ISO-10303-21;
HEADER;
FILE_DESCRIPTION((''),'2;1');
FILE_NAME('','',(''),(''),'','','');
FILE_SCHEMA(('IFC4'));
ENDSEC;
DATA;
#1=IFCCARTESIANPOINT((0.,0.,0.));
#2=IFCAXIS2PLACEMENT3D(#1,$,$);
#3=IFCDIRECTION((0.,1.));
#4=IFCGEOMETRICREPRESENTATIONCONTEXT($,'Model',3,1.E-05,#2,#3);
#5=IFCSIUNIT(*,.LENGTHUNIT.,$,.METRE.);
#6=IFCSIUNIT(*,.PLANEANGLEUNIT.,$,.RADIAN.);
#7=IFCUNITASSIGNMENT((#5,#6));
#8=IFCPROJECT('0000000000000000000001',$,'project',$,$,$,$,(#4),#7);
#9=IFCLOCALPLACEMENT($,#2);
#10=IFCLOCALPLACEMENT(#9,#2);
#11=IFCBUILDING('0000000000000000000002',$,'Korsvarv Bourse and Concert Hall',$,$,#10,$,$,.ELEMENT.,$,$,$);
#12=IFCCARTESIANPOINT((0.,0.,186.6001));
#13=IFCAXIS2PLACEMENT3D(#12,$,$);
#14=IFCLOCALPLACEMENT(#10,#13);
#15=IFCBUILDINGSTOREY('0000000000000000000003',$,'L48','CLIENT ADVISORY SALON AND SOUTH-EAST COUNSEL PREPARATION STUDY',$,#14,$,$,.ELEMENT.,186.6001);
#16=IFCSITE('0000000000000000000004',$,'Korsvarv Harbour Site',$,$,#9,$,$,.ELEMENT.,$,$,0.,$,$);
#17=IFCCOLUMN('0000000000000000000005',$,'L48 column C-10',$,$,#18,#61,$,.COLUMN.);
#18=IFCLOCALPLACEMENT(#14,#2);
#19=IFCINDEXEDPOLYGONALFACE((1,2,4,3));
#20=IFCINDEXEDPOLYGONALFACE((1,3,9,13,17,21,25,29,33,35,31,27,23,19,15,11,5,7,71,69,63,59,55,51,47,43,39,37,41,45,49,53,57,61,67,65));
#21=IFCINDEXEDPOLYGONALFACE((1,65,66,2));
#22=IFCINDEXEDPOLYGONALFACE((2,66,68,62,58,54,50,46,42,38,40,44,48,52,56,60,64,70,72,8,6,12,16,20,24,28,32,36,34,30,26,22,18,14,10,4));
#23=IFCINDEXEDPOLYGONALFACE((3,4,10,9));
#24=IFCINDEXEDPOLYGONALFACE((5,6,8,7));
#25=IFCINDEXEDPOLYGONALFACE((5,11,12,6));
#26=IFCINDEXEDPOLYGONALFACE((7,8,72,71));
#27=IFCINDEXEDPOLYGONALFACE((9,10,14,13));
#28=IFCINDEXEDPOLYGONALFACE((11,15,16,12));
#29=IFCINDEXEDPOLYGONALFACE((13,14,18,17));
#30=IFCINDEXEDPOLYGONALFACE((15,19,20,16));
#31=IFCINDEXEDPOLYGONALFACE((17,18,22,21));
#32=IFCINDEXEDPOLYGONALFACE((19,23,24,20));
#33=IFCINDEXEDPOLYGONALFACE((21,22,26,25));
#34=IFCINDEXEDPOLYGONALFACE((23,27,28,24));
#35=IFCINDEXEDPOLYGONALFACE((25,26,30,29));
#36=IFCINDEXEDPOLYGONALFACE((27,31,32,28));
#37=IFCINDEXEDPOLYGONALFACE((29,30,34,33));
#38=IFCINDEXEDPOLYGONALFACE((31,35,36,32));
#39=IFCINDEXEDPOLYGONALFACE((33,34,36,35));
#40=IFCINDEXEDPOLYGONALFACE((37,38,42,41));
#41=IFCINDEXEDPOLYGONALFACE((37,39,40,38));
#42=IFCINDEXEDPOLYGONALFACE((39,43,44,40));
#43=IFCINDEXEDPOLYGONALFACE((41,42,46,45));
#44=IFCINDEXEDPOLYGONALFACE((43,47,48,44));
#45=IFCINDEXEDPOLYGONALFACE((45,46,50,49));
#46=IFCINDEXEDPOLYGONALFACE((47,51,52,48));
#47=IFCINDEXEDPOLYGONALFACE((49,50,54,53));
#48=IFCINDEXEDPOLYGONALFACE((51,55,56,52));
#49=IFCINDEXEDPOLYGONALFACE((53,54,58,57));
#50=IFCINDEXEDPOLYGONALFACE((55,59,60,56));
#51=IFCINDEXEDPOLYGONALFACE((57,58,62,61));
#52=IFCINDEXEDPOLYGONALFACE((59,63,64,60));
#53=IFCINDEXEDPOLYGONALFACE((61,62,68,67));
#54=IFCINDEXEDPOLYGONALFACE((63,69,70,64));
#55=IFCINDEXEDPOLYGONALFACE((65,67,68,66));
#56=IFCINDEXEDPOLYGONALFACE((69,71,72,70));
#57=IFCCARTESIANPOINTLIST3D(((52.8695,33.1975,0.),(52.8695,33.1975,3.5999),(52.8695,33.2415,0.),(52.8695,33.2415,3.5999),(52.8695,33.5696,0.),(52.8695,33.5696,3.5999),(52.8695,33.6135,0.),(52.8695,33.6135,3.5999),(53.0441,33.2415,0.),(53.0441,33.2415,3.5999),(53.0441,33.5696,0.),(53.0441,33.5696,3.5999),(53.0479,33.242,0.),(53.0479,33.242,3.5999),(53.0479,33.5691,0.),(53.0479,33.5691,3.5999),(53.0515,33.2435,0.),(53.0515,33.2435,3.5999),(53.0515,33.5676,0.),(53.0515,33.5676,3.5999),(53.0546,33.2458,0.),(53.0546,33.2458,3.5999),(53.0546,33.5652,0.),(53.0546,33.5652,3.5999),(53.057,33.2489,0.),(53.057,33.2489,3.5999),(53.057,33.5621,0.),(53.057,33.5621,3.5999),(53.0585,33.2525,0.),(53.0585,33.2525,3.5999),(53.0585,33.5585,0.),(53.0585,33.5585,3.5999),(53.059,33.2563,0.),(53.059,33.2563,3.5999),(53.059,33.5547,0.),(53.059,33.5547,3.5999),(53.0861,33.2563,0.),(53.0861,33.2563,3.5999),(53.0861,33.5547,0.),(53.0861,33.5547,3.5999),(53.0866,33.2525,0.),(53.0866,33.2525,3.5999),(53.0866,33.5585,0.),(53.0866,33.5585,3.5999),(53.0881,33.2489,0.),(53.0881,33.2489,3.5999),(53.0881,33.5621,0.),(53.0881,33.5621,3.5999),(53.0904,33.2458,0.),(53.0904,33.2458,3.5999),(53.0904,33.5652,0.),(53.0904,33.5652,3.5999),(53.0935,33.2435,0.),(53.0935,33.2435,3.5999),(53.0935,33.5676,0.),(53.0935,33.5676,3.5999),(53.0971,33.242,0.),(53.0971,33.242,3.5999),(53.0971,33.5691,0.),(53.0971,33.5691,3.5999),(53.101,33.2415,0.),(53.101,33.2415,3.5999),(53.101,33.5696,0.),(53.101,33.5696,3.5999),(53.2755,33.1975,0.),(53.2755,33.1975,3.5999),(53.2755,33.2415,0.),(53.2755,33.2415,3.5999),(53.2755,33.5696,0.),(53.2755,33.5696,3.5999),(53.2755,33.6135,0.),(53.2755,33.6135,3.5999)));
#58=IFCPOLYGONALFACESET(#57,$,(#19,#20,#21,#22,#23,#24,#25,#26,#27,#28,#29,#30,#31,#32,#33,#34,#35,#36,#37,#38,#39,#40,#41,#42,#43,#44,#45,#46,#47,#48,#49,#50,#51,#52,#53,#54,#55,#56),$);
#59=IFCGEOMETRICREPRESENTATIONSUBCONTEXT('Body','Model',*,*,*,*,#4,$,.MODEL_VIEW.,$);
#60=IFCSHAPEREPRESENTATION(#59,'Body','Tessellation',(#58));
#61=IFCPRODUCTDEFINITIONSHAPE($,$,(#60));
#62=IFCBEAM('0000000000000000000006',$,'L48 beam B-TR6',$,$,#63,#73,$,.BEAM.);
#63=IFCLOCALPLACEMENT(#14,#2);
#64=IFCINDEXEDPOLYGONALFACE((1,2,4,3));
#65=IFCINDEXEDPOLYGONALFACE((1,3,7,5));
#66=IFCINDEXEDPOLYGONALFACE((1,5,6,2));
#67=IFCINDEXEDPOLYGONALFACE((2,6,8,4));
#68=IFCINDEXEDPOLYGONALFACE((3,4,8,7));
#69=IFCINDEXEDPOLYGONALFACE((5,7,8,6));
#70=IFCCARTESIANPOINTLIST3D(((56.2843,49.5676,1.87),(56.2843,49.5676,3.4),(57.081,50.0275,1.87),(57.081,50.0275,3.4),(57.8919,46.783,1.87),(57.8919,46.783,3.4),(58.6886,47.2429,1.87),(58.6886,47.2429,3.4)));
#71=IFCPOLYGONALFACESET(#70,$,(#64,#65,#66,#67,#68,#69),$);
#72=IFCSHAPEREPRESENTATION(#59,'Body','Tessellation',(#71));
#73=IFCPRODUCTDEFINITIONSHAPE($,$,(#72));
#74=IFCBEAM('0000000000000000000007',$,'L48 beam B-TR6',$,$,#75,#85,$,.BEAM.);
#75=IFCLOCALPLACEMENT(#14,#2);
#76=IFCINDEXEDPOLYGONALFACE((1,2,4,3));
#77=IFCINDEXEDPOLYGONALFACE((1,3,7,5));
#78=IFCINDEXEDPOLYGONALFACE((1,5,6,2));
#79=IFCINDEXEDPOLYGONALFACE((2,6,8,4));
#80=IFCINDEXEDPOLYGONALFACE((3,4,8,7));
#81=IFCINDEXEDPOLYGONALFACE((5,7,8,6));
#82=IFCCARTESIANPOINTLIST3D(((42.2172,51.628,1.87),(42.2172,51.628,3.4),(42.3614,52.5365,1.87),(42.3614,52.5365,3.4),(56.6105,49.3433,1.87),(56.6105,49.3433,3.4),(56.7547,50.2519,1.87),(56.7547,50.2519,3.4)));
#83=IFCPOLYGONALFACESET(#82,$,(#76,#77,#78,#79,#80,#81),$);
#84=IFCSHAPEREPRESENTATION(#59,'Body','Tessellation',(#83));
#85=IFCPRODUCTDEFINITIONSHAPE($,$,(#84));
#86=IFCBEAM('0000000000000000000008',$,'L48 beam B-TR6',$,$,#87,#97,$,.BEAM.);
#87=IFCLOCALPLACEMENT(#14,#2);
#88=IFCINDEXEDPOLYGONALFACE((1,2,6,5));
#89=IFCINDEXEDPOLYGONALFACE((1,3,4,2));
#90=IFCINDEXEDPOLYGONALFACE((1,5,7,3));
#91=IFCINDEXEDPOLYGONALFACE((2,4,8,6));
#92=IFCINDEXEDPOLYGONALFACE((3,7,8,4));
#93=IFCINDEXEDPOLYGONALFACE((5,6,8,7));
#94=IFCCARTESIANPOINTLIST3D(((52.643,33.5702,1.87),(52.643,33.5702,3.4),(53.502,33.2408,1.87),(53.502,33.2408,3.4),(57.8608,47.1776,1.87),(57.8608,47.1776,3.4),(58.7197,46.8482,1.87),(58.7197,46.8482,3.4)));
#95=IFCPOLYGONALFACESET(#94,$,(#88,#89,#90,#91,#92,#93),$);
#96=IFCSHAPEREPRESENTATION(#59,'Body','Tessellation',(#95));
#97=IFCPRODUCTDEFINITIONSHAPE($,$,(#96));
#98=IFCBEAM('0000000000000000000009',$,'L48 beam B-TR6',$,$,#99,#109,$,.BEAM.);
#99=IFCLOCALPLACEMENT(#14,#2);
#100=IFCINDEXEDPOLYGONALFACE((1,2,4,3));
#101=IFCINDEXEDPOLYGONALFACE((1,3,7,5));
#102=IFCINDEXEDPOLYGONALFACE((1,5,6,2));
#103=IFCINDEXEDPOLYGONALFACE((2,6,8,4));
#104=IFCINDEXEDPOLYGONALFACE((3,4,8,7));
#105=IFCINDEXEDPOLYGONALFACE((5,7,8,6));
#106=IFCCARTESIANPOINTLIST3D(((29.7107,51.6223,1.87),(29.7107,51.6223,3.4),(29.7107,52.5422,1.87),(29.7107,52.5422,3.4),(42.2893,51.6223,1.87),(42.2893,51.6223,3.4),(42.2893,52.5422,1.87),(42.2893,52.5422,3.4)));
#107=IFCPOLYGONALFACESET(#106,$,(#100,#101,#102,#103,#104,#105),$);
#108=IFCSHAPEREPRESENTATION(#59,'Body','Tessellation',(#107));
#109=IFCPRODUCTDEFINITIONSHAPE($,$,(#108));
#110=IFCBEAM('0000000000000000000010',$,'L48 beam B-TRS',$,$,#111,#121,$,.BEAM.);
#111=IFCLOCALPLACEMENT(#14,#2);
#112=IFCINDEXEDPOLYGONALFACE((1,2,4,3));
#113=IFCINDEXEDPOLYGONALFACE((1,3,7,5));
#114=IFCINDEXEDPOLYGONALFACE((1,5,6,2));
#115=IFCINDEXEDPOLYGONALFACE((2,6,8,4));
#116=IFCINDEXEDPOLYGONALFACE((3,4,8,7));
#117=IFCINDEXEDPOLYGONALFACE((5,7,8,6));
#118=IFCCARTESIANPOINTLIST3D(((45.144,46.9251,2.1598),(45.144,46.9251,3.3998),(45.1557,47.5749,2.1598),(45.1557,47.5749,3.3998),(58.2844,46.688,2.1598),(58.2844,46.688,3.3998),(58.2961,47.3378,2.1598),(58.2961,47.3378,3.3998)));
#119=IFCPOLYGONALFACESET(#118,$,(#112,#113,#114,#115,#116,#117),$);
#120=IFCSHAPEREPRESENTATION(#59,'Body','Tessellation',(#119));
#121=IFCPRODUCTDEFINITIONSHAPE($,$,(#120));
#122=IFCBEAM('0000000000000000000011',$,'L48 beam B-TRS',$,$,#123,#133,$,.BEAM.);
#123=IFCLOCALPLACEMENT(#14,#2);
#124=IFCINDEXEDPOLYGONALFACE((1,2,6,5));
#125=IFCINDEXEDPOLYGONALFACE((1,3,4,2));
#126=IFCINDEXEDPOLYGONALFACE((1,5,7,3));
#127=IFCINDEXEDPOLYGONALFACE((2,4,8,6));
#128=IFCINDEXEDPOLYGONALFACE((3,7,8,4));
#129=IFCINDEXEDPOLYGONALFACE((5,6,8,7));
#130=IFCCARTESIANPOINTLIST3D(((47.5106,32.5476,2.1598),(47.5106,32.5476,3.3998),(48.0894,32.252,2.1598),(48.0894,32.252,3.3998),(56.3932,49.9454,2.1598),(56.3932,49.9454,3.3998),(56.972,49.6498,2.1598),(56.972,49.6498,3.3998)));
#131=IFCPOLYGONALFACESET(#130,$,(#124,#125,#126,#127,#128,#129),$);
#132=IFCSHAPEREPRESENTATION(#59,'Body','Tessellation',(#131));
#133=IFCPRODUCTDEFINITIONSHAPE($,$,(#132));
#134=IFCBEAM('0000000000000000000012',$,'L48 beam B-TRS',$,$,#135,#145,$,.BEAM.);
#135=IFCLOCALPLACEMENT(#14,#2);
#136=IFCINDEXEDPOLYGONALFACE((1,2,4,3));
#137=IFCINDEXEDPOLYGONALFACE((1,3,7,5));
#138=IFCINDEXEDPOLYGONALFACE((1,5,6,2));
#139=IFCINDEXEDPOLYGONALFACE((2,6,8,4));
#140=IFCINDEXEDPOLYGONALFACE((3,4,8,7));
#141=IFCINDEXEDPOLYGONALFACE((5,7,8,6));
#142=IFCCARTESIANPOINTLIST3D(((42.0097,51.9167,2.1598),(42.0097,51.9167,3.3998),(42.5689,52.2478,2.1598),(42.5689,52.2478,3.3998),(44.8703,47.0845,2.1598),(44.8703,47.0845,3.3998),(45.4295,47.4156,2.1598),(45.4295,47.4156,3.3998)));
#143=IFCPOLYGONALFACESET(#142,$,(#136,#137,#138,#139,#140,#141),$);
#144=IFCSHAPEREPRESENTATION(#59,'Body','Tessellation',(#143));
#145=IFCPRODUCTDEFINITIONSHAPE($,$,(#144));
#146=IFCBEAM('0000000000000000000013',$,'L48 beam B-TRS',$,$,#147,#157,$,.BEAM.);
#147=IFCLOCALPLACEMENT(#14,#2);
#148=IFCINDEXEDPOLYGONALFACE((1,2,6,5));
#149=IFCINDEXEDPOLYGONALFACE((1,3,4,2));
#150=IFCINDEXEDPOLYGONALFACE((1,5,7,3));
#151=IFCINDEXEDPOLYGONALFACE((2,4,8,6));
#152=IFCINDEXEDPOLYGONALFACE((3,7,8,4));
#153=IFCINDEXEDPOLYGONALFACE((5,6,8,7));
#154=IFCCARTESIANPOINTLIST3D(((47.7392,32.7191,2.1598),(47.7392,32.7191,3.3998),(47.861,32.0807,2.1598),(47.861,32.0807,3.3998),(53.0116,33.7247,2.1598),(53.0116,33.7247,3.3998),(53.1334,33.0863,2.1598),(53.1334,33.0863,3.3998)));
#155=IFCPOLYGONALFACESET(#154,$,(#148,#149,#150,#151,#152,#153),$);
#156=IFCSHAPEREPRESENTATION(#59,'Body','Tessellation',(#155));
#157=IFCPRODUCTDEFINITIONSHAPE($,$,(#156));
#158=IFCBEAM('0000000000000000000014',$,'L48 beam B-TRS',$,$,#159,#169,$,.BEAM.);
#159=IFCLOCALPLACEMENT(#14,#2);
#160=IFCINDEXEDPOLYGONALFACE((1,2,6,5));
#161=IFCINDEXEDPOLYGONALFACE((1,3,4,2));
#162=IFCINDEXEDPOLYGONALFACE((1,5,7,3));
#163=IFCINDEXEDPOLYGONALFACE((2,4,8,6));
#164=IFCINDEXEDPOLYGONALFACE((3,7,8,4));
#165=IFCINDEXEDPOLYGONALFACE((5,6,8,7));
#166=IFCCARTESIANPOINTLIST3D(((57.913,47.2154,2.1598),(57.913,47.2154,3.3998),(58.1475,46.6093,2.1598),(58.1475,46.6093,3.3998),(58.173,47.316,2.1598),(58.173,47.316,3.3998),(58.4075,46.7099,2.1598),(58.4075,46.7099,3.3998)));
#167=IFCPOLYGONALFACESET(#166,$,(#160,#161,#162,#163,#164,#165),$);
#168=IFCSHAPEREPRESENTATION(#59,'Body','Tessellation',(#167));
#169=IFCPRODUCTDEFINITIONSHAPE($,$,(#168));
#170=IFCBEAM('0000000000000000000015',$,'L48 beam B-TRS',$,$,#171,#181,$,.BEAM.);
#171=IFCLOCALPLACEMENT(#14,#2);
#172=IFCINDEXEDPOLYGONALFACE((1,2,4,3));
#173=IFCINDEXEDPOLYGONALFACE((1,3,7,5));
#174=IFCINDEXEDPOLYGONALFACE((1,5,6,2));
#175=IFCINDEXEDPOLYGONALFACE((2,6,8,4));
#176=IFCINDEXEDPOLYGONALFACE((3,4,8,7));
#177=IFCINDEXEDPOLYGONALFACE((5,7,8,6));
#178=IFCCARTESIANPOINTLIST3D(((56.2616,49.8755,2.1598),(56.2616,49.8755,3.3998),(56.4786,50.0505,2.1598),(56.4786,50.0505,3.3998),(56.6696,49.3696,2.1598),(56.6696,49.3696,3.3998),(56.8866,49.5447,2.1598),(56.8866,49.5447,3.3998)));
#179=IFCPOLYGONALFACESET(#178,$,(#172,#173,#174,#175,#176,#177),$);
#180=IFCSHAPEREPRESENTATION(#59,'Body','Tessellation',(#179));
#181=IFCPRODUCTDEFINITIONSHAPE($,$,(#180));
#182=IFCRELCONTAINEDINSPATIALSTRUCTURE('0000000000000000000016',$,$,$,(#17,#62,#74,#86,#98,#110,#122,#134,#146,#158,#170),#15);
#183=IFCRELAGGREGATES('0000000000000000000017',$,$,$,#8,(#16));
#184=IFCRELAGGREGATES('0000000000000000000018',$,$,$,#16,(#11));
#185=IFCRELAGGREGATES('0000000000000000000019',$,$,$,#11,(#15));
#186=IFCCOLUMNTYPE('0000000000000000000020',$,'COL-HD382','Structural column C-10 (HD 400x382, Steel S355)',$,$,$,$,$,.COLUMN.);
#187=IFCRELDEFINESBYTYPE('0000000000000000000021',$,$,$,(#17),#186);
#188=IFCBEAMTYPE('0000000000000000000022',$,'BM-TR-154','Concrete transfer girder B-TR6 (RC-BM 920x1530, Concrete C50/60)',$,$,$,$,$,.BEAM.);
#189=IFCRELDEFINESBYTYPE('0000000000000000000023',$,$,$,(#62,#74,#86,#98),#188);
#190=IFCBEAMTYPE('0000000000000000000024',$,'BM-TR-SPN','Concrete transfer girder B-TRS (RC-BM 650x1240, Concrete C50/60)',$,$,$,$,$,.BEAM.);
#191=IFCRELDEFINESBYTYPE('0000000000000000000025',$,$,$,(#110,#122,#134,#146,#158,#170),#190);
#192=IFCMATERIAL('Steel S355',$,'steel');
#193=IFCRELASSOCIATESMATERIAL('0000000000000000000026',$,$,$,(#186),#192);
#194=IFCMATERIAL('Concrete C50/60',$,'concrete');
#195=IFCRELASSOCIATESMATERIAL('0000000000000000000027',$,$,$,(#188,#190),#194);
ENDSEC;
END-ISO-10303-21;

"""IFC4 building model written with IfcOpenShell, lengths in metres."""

from ifc_helpers import new_model, si_unit, direction, frame, origin, origin_2d, place, context, subcontext, project, spatial, rectangle, i_section, extrude, source, transform, mapped, material, material_profile, profile_set, type_object, element, save


model = new_model("IFC4")

# Units and contexts
model_context = context("Model", 3, precision=1e-05, world=origin(), true_north=direction((0.0, 1.0)))
body_context = subcontext(model_context, "Body", "Model", "MODEL_VIEW")
ifc_project = project(units=[si_unit("LENGTHUNIT", "METRE"), si_unit("PLANEANGLEUNIT", "RADIAN")], contexts=[model_context])

# Site, building, storey
site_placement = place(None, origin())
site = spatial("IfcSite", under=ifc_project, at=site_placement, Name="Korsvarv Harbour Site", CompositionType="ELEMENT", RefElevation=0.0)
building_placement = place(site_placement, origin())
building = spatial("IfcBuilding", under=site, at=building_placement, Name="Korsvarv Bourse and Concert Hall", CompositionType="ELEMENT")
storey_placement = place(building_placement, frame((0.0, 0.0, 186.6001)))
storey = spatial("IfcBuildingStorey", under=building, at=storey_placement, Name="L48", Description="CLIENT ADVISORY SALON AND SOUTH-EAST COUNSEL PREPARATION STUDY", CompositionType="ELEMENT", Elevation=186.6001)

# Column
ifc_material_1 = material(Name="Steel S355", Category="steel")
ifc_material_profile_1 = material_profile(ifc_material_1, i_section(OverallWidth=0.406, OverallDepth=0.416, WebThickness=0.0271, FlangeThickness=0.0439, FilletRadius=0.0149, at=origin_2d()), Name="HD 400x382")
ifc_profile_set_1 = profile_set([ifc_material_profile_1], Name="Steel S355")
column_type_1 = type_object("IfcColumnType", Name="COL-HD382", Description="Structural column C-10 (HD 400x382, Steel S355)", PredefinedType="COLUMN", material=ifc_profile_set_1)
shared_shape_1 = source(origin(), body_context, "Body", "SweptSolid", [
    extrude(i_section(OverallWidth=0.406, OverallDepth=0.416, WebThickness=0.0271, FlangeThickness=0.0439, FilletRadius=0.0149, at=origin_2d()), origin(), (0.0, 0.0, 1.0), 3.5999),
])
for number, where, z_axis, x_axis, name in (
    (1, (53.0725, 33.4055, 0.0), (0.0, 0.0, 1.0), (1.0, 0.0, 0.0), "L48 column C-10"),
):
    element("IfcColumn", number, at=place(storey_placement, frame(where, z_axis=z_axis, x_axis=x_axis)), inside=storey, type_object=column_type_1, Name=name, PredefinedType="COLUMN", context=body_context, shape_type="MappedRepresentation", body=[
        mapped(shared_shape_1, transform((0.0, 0.0, 0.0), scale=1.0)),
    ])

# Beams
ifc_material_2 = material(Name="Concrete C50/60", Category="concrete")
ifc_material_profile_2 = material_profile(ifc_material_2, rectangle(XDim=0.9199, YDim=1.53, at=origin_2d()), Name="RC-BM 920x1530")
ifc_profile_set_2 = profile_set([ifc_material_profile_2], Name="Concrete C50/60")
beam_type_1 = type_object("IfcBeamType", Name="BM-TR-154", Description="Concrete transfer girder B-TR6 (RC-BM 920x1530, Concrete C50/60)", PredefinedType="BEAM", material=ifc_profile_set_2)
shared_shape_2 = source(origin(), body_context, "Body", "SweptSolid", [
    extrude(rectangle(XDim=0.9199, YDim=1.53, at=origin_2d()), origin(), (0.0, 0.0, 1.0), 3.2153),
])
beam_1_placement = place(storey_placement, frame((58.2903, 47.0129, 2.635), z_axis=(-0.499985, 0.866034, 0.0), x_axis=(-0.866034, -0.499985, 0.0)))
element("IfcBeam", 2, at=beam_1_placement, inside=storey, type_object=beam_type_1, Name="L48 beam B-TR6", PredefinedType="BEAM", context=body_context, shape_type="MappedRepresentation", body=[
    mapped(shared_shape_2, transform((0.0, 0.0, 0.0), scale=1.0)),
])
shared_shape_3 = source(origin(), body_context, "Body", "SweptSolid", [
    extrude(rectangle(XDim=0.9199, YDim=1.53, at=origin_2d()), origin(), (0.0, 0.0, 1.0), 14.5735),
])
for number, where, z_axis, x_axis, name in (
    (3, (56.6826, 49.7976, 2.635), (-0.987635, 0.156769, 0.0), (-0.156769, -0.987635, 0.0), "L48 beam B-TR6"),
    (4, (53.0725, 33.4055, 2.635), (0.358031, 0.93371, 0.0), (-0.93371, 0.358031, 0.0), "L48 beam B-TR6"),
):
    element("IfcBeam", number, at=place(storey_placement, frame(where, z_axis=z_axis, x_axis=x_axis)), inside=storey, type_object=beam_type_1, Name=name, PredefinedType="BEAM", context=body_context, shape_type="MappedRepresentation", body=[
        mapped(shared_shape_3, transform((0.0, 0.0, 0.0), scale=1.0)),
    ])
shared_shape_4 = source(origin(), body_context, "Body", "SweptSolid", [
    extrude(rectangle(XDim=0.9199, YDim=1.53, at=origin_2d()), origin(), (0.0, 0.0, 1.0), 12.5786),
])
beam_2_placement = place(storey_placement, frame((42.2893, 52.0823, 2.635), z_axis=(-1.0, 0.0, 0.0), x_axis=(0.0, -1.0, 0.0)))
element("IfcBeam", 5, at=beam_2_placement, inside=storey, type_object=beam_type_1, Name="L48 beam B-TR6", PredefinedType="BEAM", context=body_context, shape_type="MappedRepresentation", body=[
    mapped(shared_shape_4, transform((0.0, 0.0, 0.0), scale=1.0)),
])
ifc_material_profile_3 = material_profile(ifc_material_2, rectangle(XDim=0.6499, YDim=1.24, at=origin_2d()), Name="RC-BM 650x1240")
ifc_profile_set_3 = profile_set([ifc_material_profile_3], Name="Concrete C50/60")
beam_type_2 = type_object("IfcBeamType", Name="BM-TR-SPN", Description="Concrete transfer girder B-TRS (RC-BM 650x1240, Concrete C50/60)", PredefinedType="BEAM", material=ifc_profile_set_3)
shared_shape_5 = source(origin(), body_context, "Body", "SweptSolid", [
    extrude(rectangle(XDim=0.6499, YDim=1.24, at=origin_2d()), origin(), (0.0, 0.0, 1.0), 13.1426),
])
beam_3_placement = place(storey_placement, frame((58.2903, 47.0129, 2.7798), z_axis=(-0.999837, 0.018038, 0.0), x_axis=(-0.018038, -0.999837, 0.0)))
element("IfcBeam", 6, at=beam_3_placement, inside=storey, type_object=beam_type_2, Name="L48 beam B-TRS", PredefinedType="BEAM", context=body_context, shape_type="MappedRepresentation", body=[
    mapped(shared_shape_5, transform((0.0, 0.0, 0.0), scale=1.0)),
])
shared_shape_6 = source(origin(), body_context, "Body", "SweptSolid", [
    extrude(rectangle(XDim=0.6499, YDim=1.24, at=origin_2d()), origin(), (0.0, 0.0, 1.0), 19.5342),
])
beam_4_placement = place(storey_placement, frame((56.6826, 49.7976, 2.7798), z_axis=(-0.454722, -0.890634, 0.0), x_axis=(0.890634, -0.454722, 0.0)))
element("IfcBeam", 7, at=beam_4_placement, inside=storey, type_object=beam_type_2, Name="L48 beam B-TRS", PredefinedType="BEAM", context=body_context, shape_type="MappedRepresentation", body=[
    mapped(shared_shape_6, transform((0.0, 0.0, 0.0), scale=1.0)),
])
shared_shape_7 = source(origin(), body_context, "Body", "SweptSolid", [
    extrude(rectangle(XDim=0.6499, YDim=1.24, at=origin_2d()), origin(), (0.0, 0.0, 1.0), 5.6155),
])
beam_5_placement = place(storey_placement, frame((42.2893, 52.0823, 2.7798), z_axis=(0.50941, -0.860524, 0.0), x_axis=(0.860524, 0.50941, 0.0)))
element("IfcBeam", 8, at=beam_5_placement, inside=storey, type_object=beam_type_2, Name="L48 beam B-TRS", PredefinedType="BEAM", context=body_context, shape_type="MappedRepresentation", body=[
    mapped(shared_shape_7, transform((0.0, 0.0, 0.0), scale=1.0)),
])
shared_shape_8 = source(origin(), body_context, "Body", "SweptSolid", [
    extrude(rectangle(XDim=0.6499, YDim=1.24, at=origin_2d()), origin(), (0.0, 0.0, 1.0), 5.3674),
])
beam_6_placement = place(storey_placement, frame((53.0725, 33.4055, 2.7798), z_axis=(-0.982293, -0.187352, 0.0), x_axis=(0.187352, -0.982293, 0.0)))
element("IfcBeam", 9, at=beam_6_placement, inside=storey, type_object=beam_type_2, Name="L48 beam B-TRS", PredefinedType="BEAM", context=body_context, shape_type="MappedRepresentation", body=[
    mapped(shared_shape_8, transform((0.0, 0.0, 0.0), scale=1.0)),
])
shared_shape_9 = source(origin(), body_context, "Body", "SweptSolid", [
    extrude(rectangle(XDim=0.6499, YDim=1.24, at=origin_2d()), origin(), (0.0, 0.0, 1.0), 0.2788),
])
for number, where, z_axis, x_axis, name in (
    (10, (58.2903, 47.0129, 2.7798), (-0.932644, -0.360798, 0.0), (0.360798, -0.932644, 0.0), "L48 beam B-TRS"),
    (11, (56.6826, 49.7976, 2.7798), (-0.778385, -0.627787, 0.0), (0.627787, -0.778385, 0.0), "L48 beam B-TRS"),
):
    element("IfcBeam", number, at=place(storey_placement, frame(where, z_axis=z_axis, x_axis=x_axis)), inside=storey, type_object=beam_type_2, Name=name, PredefinedType="BEAM", context=body_context, shape_type="MappedRepresentation", body=[
        mapped(shared_shape_9, transform((0.0, 0.0, 0.0), scale=1.0)),
    ])

save(model, "model.ifc")
